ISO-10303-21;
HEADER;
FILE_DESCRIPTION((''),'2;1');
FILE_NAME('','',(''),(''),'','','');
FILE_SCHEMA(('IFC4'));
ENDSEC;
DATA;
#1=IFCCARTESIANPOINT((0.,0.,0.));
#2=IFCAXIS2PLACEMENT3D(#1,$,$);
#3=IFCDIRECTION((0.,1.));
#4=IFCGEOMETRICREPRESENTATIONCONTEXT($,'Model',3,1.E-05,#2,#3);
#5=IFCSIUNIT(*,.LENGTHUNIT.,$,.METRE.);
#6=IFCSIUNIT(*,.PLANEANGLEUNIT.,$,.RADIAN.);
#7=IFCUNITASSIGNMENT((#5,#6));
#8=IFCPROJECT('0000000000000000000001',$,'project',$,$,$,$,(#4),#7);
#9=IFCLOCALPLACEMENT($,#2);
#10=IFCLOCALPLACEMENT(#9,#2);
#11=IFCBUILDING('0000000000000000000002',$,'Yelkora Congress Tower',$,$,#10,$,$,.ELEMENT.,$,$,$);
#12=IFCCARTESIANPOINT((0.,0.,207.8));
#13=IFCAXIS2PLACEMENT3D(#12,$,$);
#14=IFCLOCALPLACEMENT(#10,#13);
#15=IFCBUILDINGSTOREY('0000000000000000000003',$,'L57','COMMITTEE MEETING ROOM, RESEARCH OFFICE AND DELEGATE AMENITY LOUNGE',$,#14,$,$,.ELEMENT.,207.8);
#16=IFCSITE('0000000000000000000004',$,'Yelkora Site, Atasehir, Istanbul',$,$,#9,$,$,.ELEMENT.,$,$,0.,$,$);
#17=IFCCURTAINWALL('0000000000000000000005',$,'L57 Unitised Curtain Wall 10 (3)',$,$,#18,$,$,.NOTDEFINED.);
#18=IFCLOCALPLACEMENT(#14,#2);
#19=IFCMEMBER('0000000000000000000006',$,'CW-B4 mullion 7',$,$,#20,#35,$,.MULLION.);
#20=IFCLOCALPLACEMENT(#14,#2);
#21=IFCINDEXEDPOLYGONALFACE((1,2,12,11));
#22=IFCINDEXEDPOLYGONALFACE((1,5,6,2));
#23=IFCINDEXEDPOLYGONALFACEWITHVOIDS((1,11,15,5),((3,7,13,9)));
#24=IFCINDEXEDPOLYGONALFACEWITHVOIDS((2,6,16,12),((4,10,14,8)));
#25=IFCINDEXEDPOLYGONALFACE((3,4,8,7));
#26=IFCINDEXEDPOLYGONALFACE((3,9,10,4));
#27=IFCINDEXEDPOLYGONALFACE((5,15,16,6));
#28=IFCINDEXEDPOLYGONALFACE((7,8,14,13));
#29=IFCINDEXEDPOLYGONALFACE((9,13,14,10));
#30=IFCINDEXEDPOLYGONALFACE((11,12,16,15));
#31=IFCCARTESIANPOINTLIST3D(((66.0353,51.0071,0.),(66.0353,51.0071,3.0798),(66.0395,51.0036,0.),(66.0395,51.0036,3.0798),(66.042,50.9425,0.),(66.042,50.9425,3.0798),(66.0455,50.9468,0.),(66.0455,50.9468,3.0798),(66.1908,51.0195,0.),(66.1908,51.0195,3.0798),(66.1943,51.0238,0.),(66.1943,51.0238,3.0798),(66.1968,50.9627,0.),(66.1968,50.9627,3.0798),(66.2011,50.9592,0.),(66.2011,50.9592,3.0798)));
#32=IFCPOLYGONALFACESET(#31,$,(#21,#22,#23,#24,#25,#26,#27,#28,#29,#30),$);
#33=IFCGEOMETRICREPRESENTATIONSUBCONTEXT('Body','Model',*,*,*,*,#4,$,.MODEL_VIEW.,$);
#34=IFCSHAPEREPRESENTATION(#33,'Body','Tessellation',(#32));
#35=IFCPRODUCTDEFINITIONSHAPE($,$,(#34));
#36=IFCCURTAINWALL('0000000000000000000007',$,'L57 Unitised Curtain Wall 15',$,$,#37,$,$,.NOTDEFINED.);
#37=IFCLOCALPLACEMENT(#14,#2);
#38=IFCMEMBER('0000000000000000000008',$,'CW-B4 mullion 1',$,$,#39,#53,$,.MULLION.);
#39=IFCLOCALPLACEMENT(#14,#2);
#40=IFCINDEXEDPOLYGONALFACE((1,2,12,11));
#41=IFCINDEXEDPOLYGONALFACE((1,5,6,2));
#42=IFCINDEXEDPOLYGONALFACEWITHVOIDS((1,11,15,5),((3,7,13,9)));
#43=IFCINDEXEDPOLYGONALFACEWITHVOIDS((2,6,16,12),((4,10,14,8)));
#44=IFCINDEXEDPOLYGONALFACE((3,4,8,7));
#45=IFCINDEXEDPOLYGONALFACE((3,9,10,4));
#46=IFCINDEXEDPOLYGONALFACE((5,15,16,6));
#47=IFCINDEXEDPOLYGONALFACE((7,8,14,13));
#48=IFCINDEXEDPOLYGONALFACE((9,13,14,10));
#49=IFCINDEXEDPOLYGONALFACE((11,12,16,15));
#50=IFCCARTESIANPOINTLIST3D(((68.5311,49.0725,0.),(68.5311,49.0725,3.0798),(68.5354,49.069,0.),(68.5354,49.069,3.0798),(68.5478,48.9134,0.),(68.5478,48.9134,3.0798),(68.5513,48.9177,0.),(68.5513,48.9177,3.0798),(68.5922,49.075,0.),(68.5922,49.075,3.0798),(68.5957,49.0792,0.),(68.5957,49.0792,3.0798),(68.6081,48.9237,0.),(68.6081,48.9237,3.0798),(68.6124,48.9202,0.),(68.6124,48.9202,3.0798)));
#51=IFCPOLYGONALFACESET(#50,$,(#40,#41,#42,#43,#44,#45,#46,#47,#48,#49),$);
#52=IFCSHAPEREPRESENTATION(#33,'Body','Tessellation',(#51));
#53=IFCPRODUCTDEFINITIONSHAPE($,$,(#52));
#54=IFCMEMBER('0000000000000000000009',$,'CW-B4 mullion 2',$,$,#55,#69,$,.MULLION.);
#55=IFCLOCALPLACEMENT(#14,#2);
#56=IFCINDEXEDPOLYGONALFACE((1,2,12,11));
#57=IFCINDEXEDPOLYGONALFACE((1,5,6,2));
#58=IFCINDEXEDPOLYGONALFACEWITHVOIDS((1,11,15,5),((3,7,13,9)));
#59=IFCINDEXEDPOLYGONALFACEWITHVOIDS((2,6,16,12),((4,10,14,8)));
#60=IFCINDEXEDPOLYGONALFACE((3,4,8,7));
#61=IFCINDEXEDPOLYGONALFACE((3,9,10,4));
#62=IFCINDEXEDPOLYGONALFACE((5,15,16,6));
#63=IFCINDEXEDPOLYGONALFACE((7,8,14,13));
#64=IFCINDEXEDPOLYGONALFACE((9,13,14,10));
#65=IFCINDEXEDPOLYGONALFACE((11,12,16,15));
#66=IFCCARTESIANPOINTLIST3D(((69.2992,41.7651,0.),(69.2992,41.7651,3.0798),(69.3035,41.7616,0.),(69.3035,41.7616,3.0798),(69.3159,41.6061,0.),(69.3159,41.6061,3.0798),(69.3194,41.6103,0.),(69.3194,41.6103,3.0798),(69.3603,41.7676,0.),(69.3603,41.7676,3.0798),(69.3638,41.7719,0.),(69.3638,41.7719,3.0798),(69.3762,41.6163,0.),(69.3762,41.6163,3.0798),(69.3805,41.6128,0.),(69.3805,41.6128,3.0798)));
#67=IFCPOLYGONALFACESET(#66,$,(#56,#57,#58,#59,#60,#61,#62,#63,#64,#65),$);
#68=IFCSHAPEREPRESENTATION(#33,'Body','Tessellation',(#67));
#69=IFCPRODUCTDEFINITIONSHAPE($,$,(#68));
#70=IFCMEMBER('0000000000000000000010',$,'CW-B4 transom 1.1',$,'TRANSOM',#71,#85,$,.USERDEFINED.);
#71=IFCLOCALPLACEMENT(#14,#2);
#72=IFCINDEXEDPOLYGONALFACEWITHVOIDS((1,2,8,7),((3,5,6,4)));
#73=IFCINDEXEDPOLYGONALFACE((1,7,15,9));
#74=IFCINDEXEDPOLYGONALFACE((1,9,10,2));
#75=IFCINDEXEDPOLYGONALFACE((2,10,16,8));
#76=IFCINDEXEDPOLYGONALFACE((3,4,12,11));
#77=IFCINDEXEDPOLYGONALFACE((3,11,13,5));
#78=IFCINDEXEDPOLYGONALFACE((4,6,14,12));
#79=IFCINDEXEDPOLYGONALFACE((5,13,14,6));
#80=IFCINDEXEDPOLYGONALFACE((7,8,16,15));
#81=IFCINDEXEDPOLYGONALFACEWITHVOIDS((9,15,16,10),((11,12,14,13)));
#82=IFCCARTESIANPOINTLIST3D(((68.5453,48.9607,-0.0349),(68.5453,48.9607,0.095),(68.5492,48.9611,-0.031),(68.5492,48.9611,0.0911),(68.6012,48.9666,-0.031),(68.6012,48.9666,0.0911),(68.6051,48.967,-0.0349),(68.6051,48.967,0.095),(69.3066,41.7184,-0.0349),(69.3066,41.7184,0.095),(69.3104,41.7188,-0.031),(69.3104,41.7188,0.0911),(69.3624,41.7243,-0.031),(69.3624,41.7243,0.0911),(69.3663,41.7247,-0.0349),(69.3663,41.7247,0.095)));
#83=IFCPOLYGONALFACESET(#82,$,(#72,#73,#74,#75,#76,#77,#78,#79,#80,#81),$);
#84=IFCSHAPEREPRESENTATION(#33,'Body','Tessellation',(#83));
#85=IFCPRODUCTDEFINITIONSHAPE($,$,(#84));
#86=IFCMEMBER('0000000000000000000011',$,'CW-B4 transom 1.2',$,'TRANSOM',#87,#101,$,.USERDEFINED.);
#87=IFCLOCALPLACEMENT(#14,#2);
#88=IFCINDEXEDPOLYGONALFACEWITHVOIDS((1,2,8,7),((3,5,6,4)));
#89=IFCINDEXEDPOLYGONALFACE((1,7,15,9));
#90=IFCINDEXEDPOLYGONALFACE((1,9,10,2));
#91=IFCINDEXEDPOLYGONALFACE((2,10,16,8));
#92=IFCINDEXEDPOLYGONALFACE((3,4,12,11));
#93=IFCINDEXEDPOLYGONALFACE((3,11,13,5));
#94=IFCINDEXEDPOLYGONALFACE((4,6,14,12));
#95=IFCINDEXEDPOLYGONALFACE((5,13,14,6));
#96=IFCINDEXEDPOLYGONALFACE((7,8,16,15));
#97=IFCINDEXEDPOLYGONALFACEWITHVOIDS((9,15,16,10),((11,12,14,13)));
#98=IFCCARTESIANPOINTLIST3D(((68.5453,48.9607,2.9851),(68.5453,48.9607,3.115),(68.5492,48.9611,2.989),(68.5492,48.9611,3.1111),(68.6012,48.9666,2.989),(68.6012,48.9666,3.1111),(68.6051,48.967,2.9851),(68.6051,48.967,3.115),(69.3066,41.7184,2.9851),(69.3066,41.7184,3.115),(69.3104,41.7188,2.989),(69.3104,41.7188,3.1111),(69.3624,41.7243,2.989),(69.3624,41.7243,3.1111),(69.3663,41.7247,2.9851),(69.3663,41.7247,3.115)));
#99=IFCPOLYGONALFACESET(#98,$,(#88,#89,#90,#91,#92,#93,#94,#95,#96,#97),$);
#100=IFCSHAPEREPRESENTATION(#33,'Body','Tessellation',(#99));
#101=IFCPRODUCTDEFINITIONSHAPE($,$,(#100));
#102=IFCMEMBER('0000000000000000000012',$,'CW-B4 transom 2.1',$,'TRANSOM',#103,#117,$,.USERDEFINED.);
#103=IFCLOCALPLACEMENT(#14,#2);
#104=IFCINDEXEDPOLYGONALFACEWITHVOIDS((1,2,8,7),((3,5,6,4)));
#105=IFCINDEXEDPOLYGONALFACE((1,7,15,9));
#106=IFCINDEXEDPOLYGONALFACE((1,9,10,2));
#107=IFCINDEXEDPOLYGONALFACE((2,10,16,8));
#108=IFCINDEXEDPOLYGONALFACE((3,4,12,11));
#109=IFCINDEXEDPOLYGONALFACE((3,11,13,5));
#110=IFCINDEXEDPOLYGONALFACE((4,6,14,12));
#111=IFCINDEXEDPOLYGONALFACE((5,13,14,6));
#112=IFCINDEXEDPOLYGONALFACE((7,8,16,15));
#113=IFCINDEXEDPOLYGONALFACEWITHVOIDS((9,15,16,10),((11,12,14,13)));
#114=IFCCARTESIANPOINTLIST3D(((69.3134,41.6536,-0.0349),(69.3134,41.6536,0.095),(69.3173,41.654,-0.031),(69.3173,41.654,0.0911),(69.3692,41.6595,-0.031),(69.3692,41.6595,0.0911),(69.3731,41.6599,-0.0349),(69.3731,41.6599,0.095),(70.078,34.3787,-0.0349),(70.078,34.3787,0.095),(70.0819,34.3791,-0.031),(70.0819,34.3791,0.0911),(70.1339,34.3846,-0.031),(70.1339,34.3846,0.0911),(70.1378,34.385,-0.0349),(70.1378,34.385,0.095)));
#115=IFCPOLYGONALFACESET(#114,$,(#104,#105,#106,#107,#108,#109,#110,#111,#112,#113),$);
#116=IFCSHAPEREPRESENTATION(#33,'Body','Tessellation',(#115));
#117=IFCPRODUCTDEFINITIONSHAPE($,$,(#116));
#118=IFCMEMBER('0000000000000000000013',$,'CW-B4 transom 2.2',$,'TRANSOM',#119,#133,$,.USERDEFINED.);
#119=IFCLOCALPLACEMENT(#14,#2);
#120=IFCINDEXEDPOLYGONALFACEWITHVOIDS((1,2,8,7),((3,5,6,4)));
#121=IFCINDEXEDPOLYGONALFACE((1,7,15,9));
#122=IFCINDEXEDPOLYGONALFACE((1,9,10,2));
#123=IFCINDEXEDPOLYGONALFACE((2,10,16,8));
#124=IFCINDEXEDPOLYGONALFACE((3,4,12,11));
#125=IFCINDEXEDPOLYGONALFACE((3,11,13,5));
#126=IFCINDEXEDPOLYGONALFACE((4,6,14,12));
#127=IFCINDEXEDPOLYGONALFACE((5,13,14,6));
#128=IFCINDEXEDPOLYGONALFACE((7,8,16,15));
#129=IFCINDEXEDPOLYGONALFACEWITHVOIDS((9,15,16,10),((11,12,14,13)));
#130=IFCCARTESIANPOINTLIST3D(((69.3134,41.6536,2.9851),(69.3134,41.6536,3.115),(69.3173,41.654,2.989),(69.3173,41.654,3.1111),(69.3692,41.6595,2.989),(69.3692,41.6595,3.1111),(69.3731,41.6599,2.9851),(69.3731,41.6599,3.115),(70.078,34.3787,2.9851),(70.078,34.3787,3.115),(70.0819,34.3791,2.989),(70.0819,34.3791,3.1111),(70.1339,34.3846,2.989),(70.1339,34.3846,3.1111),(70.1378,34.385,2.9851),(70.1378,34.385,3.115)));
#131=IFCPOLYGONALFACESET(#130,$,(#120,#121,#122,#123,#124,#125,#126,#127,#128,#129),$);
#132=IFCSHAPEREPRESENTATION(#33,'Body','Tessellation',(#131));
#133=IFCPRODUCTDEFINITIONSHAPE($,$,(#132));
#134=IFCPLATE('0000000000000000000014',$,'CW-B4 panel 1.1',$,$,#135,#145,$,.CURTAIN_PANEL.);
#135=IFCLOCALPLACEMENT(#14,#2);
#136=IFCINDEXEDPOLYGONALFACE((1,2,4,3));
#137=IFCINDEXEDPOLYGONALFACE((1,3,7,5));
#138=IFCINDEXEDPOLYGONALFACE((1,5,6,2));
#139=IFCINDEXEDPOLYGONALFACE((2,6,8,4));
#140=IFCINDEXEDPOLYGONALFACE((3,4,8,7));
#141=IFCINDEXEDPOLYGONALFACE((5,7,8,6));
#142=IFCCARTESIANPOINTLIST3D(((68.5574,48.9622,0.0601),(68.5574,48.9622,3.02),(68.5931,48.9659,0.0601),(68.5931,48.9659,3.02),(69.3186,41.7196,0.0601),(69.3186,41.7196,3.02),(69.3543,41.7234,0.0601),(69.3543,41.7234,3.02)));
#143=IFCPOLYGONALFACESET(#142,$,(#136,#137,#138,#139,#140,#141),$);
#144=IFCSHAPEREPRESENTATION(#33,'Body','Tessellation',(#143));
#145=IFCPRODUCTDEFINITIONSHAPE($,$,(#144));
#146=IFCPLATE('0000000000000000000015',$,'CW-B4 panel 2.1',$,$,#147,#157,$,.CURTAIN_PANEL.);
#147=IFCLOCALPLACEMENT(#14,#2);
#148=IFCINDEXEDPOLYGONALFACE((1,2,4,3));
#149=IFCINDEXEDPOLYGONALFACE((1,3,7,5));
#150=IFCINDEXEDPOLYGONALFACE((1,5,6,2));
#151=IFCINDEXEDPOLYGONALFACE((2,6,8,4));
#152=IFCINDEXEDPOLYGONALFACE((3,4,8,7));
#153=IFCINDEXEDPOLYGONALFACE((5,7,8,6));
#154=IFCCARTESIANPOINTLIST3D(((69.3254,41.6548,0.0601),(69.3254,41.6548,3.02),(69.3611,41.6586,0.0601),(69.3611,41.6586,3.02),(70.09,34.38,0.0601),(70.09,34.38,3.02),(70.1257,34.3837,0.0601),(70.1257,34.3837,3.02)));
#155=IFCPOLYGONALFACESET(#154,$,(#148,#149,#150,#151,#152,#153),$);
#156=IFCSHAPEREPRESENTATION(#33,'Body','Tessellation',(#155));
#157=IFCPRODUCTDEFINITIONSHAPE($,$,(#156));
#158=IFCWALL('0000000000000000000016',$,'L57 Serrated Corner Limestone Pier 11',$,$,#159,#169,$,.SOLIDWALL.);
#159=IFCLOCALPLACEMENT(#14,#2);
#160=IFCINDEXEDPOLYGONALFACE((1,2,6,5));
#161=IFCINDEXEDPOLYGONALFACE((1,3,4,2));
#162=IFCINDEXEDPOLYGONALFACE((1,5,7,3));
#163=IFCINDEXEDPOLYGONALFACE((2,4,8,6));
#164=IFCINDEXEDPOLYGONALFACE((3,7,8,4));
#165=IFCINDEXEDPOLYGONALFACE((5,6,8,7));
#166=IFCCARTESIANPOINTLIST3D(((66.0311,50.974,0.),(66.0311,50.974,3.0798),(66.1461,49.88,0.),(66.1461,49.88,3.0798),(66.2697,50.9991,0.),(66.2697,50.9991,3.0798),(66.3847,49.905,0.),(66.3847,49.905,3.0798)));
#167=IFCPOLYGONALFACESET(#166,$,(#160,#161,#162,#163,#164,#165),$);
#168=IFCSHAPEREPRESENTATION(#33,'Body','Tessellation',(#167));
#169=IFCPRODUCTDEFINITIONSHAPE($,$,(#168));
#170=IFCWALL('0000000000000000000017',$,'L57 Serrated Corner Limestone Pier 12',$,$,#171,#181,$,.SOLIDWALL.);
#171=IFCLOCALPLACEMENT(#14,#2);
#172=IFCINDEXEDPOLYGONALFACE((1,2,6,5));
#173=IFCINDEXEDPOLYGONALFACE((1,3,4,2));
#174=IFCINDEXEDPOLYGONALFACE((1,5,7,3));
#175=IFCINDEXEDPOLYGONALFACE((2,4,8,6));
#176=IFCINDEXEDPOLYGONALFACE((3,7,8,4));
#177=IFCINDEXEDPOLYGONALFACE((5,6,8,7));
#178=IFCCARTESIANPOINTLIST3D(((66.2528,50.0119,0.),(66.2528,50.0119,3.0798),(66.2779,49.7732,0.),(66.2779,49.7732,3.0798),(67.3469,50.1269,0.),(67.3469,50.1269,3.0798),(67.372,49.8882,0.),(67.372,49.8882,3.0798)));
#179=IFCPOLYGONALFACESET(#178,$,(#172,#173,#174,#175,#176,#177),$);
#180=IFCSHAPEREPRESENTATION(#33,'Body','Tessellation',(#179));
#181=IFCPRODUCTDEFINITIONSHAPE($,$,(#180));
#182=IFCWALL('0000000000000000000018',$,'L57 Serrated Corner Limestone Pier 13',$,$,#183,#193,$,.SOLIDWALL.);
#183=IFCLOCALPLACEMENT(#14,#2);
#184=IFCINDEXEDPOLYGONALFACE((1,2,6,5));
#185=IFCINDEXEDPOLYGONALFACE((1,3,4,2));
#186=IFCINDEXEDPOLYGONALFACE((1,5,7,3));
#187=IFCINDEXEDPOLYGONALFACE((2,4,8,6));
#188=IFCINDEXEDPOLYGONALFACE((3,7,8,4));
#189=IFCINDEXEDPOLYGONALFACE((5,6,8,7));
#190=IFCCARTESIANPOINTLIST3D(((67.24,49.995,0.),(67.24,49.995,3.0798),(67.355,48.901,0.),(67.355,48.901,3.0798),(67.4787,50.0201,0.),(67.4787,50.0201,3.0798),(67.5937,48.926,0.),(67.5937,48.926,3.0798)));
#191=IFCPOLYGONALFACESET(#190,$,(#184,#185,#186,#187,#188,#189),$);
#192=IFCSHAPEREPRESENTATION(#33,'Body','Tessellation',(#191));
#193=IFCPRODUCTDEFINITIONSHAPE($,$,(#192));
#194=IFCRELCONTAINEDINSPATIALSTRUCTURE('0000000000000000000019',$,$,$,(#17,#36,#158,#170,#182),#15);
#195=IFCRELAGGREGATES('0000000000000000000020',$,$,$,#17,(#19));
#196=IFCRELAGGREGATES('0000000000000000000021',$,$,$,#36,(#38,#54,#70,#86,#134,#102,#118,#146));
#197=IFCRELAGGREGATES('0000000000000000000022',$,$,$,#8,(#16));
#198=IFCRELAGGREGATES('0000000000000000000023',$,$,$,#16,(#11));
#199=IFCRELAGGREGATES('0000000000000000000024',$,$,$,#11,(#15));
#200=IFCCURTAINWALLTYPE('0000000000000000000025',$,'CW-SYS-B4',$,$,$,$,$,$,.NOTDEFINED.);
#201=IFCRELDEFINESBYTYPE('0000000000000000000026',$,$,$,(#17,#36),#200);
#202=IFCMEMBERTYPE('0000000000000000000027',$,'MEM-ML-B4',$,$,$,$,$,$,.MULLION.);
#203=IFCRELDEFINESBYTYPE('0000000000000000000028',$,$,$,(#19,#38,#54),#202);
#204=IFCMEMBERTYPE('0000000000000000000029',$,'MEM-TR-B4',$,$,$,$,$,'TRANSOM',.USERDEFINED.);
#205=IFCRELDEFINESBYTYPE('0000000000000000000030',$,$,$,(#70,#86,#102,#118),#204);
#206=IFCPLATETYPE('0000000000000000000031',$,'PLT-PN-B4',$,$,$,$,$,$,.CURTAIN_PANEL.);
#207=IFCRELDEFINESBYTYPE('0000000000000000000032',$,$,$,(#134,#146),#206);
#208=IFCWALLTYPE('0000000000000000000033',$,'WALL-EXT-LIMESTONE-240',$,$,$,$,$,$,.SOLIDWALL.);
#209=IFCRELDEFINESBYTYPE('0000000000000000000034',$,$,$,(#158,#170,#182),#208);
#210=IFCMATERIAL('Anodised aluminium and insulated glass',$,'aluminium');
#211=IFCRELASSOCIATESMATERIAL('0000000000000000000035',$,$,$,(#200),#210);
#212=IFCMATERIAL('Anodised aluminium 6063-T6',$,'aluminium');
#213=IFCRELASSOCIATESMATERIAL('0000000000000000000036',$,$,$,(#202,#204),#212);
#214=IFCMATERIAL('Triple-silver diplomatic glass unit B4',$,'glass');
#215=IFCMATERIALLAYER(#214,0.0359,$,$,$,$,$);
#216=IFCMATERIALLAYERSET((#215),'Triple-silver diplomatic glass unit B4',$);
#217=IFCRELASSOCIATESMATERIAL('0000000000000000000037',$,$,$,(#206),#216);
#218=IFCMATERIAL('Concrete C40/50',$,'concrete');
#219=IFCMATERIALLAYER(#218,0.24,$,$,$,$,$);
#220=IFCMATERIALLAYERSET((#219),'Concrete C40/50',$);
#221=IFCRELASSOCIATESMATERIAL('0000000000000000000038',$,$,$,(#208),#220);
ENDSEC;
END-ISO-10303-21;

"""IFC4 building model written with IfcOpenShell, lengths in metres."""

from ifc_helpers import new_model, si_unit, direction, frame, frame_2d, origin, origin_2d, place, context, subcontext, project, spatial, rectangle, hollow_rectangle, extrude, material, layer, layer_set, material_profile, profile_set, type_object, element, aggregate, save


model = new_model("IFC4")

# Units and contexts
model_context = context("Model", 3, precision=1e-05, world=origin(), true_north=direction((0.0, 1.0)))
body_context = subcontext(model_context, "Body", "Model", "MODEL_VIEW")
ifc_project = project(units=[si_unit("LENGTHUNIT", "METRE"), si_unit("PLANEANGLEUNIT", "RADIAN")], contexts=[model_context])

# Site, building, storey
site_placement = place(None, origin())
site = spatial("IfcSite", under=ifc_project, at=site_placement, Name="Yelkora Site, Atasehir, Istanbul", CompositionType="ELEMENT", RefElevation=0.0)
building_placement = place(site_placement, origin())
building = spatial("IfcBuilding", under=site, at=building_placement, Name="Yelkora Congress Tower", CompositionType="ELEMENT")
storey_placement = place(building_placement, frame((0.0, 0.0, 207.8)))
storey = spatial("IfcBuildingStorey", under=building, at=storey_placement, Name="L57", Description="COMMITTEE MEETING ROOM, RESEARCH OFFICE AND DELEGATE AMENITY LOUNGE", CompositionType="ELEMENT", Elevation=207.8)

# Curtain wall, member
ifc_material_1 = material(Name="Anodised aluminium and insulated glass", Category="aluminium")
curtain_wall_type = type_object("IfcCurtainWallType", Name="CW-SYS-B4", PredefinedType="NOTDEFINED", material=ifc_material_1)
curtain_wall_1_placement = place(storey_placement, origin())
curtain_wall_1 = element("IfcCurtainWall", 1, at=curtain_wall_1_placement, inside=storey, type_object=curtain_wall_type, Name="L57 Unitised Curtain Wall 10 (3)", PredefinedType="NOTDEFINED")
ifc_material_2 = material(Name="Anodised aluminium 6063-T6", Category="aluminium")
ifc_material_profile_1 = material_profile(ifc_material_2, hollow_rectangle(XDim=0.0649, YDim=0.1599, WallThickness=0.0039, at=origin_2d()), Name="ALU 65x160x4")
ifc_profile_set_1 = profile_set([ifc_material_profile_1], Name="Anodised aluminium 6063-T6")
member_type_1 = type_object("IfcMemberType", Name="MEM-ML-B4", PredefinedType="MULLION", material=ifc_profile_set_1)
member_1_placement = place(storey_placement, frame((66.1182, 50.9832, 0.0), z_axis=(0.0, 0.0, 1.0), x_axis=(-0.104528, 0.994522, 0.0)))
member_1 = element("IfcMember", 2, at=member_1_placement, type_object=member_type_1, Name="CW-B4 mullion 7", PredefinedType="MULLION", context=body_context, shape_type="SweptSolid", body=[
    extrude(hollow_rectangle(XDim=0.0649, YDim=0.1599, WallThickness=0.0039, at=origin_2d()), origin(), (0.0, 0.0, 1.0), 3.0798),
])
aggregate(curtain_wall_1, [member_1])

# Curtain wall, members, plates
curtain_wall_2_placement = place(storey_placement, origin())
curtain_wall_2 = element("IfcCurtainWall", 3, at=curtain_wall_2_placement, inside=storey, type_object=curtain_wall_type, Name="L57 Unitised Curtain Wall 15", PredefinedType="NOTDEFINED")
member_2_placement = place(storey_placement, frame((68.5718, 48.9963, 0.0), z_axis=(0.0, 0.0, 1.0), x_axis=(0.994522, 0.104526, 0.0)))
member_2 = element("IfcMember", 4, at=member_2_placement, type_object=member_type_1, Name="CW-B4 mullion 1", PredefinedType="MULLION", context=body_context, shape_type="SweptSolid", body=[
    extrude(hollow_rectangle(XDim=0.0649, YDim=0.1599, WallThickness=0.0039, at=origin_2d()), origin(), (0.0, 0.0, 1.0), 3.0798),
])
member_3_placement = place(storey_placement, frame((69.3398, 41.689, 0.0), z_axis=(0.0, 0.0, 1.0), x_axis=(0.994522, 0.104526, 0.0)))
member_3 = element("IfcMember", 5, at=member_3_placement, type_object=member_type_1, Name="CW-B4 mullion 2", PredefinedType="MULLION", context=body_context, shape_type="SweptSolid", body=[
    extrude(hollow_rectangle(XDim=0.0649, YDim=0.1599, WallThickness=0.0039, at=origin_2d()), origin(), (0.0, 0.0, 1.0), 3.0798),
])
ifc_material_profile_2 = material_profile(ifc_material_2, hollow_rectangle(XDim=0.0601, YDim=0.1299, WallThickness=0.0039, at=origin_2d()), Name="ALU 60x130x4")
ifc_profile_set_2 = profile_set([ifc_material_profile_2], Name="Anodised aluminium 6063-T6")
member_type_2 = type_object("IfcMemberType", Name="MEM-TR-B4", ElementType="TRANSOM", PredefinedType="USERDEFINED", material=ifc_profile_set_2)
member_4_placement = place(storey_placement, frame((68.5752, 48.9639, 0.03), z_axis=(0.104531, -0.994522, 0.0), x_axis=(0.994522, 0.104531, 0.0)))
member_4 = element("IfcMember", 6, at=member_4_placement, type_object=member_type_2, Name="CW-B4 transom 1.1", ObjectType="TRANSOM", PredefinedType="USERDEFINED", context=body_context, shape_type="SweptSolid", body=[
    extrude(hollow_rectangle(XDim=0.0601, YDim=0.1299, WallThickness=0.0039, at=origin_2d()), origin(), (0.0, 0.0, 1.0), 7.2822),
])
member_5_placement = place(storey_placement, frame((68.5752, 48.9639, 3.05), z_axis=(0.104531, -0.994522, 0.0), x_axis=(0.994522, 0.104531, 0.0)))
member_5 = element("IfcMember", 7, at=member_5_placement, type_object=member_type_2, Name="CW-B4 transom 1.2", ObjectType="TRANSOM", PredefinedType="USERDEFINED", context=body_context, shape_type="SweptSolid", body=[
    extrude(hollow_rectangle(XDim=0.0601, YDim=0.1299, WallThickness=0.0039, at=origin_2d()), origin(), (0.0, 0.0, 1.0), 7.2822),
])
member_6_placement = place(storey_placement, frame((69.3433, 41.6567, 0.03), z_axis=(0.104532, -0.994522, 0.0), x_axis=(0.994522, 0.104532, 0.0)))
member_6 = element("IfcMember", 8, at=member_6_placement, type_object=member_type_2, Name="CW-B4 transom 2.1", ObjectType="TRANSOM", PredefinedType="USERDEFINED", context=body_context, shape_type="SweptSolid", body=[
    extrude(hollow_rectangle(XDim=0.0601, YDim=0.1299, WallThickness=0.0039, at=origin_2d()), origin(), (0.0, 0.0, 1.0), 7.3149),
])
member_7_placement = place(storey_placement, frame((69.3433, 41.6567, 3.05), z_axis=(0.104532, -0.994522, 0.0), x_axis=(0.994522, 0.104532, 0.0)))
member_7 = element("IfcMember", 9, at=member_7_placement, type_object=member_type_2, Name="CW-B4 transom 2.2", ObjectType="TRANSOM", PredefinedType="USERDEFINED", context=body_context, shape_type="SweptSolid", body=[
    extrude(hollow_rectangle(XDim=0.0601, YDim=0.1299, WallThickness=0.0039, at=origin_2d()), origin(), (0.0, 0.0, 1.0), 7.3149),
])
ifc_material_3 = material(Name="Triple-silver diplomatic glass unit B4", Category="glass")
ifc_layer_1 = layer(ifc_material_3, 0.0359)
ifc_layer_set_1 = layer_set([ifc_layer_1], Name="Triple-silver diplomatic glass unit B4")
plate_type = type_object("IfcPlateType", Name="PLT-PN-B4", PredefinedType="CURTAIN_PANEL", material=ifc_layer_set_1)
plate_1_placement = place(storey_placement, frame((68.9558, 45.3428, 0.0601), z_axis=(0.0, 0.0, 1.0), x_axis=(0.104526, -0.994522, 0.0)))
plate_1 = element("IfcPlate", 10, at=plate_1_placement, type_object=plate_type, Name="CW-B4 panel 1.1", PredefinedType="CURTAIN_PANEL", context=body_context, shape_type="SweptSolid", body=[
    extrude(rectangle(XDim=7.2825, YDim=0.0359, at=origin_2d()), origin(), (0.0, 0.0, 1.0), 2.96),
])
plate_2_placement = place(storey_placement, frame((69.7256, 38.0193, 0.0601), z_axis=(0.0, 0.0, 1.0), x_axis=(0.104526, -0.994522, 0.0)))
plate_2 = element("IfcPlate", 11, at=plate_2_placement, type_object=plate_type, Name="CW-B4 panel 2.1", PredefinedType="CURTAIN_PANEL", context=body_context, shape_type="SweptSolid", body=[
    extrude(rectangle(XDim=7.3149, YDim=0.0359, at=origin_2d()), origin(), (0.0, 0.0, 1.0), 2.96),
])
aggregate(curtain_wall_2, [member_2, member_3, member_4, member_5, plate_1, member_6, member_7, plate_2])

# Walls
ifc_material_4 = material(Name="Concrete C40/50", Category="concrete")
ifc_layer_2 = layer(ifc_material_4, 0.24)
ifc_layer_set_2 = layer_set([ifc_layer_2], Name="Concrete C40/50")
wall_type = type_object("IfcWallType", Name="WALL-EXT-LIMESTONE-240", PredefinedType="SOLIDWALL", material=ifc_layer_set_2)
for number, where, z_axis, x_axis, name in (
    (12, (66.1504, 50.9866, 0.0), (0.0, 0.0, 1.0), (0.104535, -0.994521, 0.0), "L57 Serrated Corner Limestone Pier 11"),
    (13, (66.2654, 49.8926, 0.0), (0.0, 0.0, 1.0), (0.994521, 0.104535, 0.0), "L57 Serrated Corner Limestone Pier 12"),
    (14, (67.3594, 50.0076, 0.0), (0.0, 0.0, 1.0), (0.104535, -0.994521, 0.0), "L57 Serrated Corner Limestone Pier 13"),
):
    element("IfcWall", number, at=place(storey_placement, frame(where, z_axis=z_axis, x_axis=x_axis)), inside=storey, type_object=wall_type, Name=name, PredefinedType="SOLIDWALL", context=body_context, shape_type="SweptSolid", body=[
        extrude(rectangle(XDim=1.1001, YDim=0.24, at=frame_2d((0.55, 0.0))), origin(), (0.0, 0.0, 1.0), 3.0798),
    ])

save(model, "model.ifc")
